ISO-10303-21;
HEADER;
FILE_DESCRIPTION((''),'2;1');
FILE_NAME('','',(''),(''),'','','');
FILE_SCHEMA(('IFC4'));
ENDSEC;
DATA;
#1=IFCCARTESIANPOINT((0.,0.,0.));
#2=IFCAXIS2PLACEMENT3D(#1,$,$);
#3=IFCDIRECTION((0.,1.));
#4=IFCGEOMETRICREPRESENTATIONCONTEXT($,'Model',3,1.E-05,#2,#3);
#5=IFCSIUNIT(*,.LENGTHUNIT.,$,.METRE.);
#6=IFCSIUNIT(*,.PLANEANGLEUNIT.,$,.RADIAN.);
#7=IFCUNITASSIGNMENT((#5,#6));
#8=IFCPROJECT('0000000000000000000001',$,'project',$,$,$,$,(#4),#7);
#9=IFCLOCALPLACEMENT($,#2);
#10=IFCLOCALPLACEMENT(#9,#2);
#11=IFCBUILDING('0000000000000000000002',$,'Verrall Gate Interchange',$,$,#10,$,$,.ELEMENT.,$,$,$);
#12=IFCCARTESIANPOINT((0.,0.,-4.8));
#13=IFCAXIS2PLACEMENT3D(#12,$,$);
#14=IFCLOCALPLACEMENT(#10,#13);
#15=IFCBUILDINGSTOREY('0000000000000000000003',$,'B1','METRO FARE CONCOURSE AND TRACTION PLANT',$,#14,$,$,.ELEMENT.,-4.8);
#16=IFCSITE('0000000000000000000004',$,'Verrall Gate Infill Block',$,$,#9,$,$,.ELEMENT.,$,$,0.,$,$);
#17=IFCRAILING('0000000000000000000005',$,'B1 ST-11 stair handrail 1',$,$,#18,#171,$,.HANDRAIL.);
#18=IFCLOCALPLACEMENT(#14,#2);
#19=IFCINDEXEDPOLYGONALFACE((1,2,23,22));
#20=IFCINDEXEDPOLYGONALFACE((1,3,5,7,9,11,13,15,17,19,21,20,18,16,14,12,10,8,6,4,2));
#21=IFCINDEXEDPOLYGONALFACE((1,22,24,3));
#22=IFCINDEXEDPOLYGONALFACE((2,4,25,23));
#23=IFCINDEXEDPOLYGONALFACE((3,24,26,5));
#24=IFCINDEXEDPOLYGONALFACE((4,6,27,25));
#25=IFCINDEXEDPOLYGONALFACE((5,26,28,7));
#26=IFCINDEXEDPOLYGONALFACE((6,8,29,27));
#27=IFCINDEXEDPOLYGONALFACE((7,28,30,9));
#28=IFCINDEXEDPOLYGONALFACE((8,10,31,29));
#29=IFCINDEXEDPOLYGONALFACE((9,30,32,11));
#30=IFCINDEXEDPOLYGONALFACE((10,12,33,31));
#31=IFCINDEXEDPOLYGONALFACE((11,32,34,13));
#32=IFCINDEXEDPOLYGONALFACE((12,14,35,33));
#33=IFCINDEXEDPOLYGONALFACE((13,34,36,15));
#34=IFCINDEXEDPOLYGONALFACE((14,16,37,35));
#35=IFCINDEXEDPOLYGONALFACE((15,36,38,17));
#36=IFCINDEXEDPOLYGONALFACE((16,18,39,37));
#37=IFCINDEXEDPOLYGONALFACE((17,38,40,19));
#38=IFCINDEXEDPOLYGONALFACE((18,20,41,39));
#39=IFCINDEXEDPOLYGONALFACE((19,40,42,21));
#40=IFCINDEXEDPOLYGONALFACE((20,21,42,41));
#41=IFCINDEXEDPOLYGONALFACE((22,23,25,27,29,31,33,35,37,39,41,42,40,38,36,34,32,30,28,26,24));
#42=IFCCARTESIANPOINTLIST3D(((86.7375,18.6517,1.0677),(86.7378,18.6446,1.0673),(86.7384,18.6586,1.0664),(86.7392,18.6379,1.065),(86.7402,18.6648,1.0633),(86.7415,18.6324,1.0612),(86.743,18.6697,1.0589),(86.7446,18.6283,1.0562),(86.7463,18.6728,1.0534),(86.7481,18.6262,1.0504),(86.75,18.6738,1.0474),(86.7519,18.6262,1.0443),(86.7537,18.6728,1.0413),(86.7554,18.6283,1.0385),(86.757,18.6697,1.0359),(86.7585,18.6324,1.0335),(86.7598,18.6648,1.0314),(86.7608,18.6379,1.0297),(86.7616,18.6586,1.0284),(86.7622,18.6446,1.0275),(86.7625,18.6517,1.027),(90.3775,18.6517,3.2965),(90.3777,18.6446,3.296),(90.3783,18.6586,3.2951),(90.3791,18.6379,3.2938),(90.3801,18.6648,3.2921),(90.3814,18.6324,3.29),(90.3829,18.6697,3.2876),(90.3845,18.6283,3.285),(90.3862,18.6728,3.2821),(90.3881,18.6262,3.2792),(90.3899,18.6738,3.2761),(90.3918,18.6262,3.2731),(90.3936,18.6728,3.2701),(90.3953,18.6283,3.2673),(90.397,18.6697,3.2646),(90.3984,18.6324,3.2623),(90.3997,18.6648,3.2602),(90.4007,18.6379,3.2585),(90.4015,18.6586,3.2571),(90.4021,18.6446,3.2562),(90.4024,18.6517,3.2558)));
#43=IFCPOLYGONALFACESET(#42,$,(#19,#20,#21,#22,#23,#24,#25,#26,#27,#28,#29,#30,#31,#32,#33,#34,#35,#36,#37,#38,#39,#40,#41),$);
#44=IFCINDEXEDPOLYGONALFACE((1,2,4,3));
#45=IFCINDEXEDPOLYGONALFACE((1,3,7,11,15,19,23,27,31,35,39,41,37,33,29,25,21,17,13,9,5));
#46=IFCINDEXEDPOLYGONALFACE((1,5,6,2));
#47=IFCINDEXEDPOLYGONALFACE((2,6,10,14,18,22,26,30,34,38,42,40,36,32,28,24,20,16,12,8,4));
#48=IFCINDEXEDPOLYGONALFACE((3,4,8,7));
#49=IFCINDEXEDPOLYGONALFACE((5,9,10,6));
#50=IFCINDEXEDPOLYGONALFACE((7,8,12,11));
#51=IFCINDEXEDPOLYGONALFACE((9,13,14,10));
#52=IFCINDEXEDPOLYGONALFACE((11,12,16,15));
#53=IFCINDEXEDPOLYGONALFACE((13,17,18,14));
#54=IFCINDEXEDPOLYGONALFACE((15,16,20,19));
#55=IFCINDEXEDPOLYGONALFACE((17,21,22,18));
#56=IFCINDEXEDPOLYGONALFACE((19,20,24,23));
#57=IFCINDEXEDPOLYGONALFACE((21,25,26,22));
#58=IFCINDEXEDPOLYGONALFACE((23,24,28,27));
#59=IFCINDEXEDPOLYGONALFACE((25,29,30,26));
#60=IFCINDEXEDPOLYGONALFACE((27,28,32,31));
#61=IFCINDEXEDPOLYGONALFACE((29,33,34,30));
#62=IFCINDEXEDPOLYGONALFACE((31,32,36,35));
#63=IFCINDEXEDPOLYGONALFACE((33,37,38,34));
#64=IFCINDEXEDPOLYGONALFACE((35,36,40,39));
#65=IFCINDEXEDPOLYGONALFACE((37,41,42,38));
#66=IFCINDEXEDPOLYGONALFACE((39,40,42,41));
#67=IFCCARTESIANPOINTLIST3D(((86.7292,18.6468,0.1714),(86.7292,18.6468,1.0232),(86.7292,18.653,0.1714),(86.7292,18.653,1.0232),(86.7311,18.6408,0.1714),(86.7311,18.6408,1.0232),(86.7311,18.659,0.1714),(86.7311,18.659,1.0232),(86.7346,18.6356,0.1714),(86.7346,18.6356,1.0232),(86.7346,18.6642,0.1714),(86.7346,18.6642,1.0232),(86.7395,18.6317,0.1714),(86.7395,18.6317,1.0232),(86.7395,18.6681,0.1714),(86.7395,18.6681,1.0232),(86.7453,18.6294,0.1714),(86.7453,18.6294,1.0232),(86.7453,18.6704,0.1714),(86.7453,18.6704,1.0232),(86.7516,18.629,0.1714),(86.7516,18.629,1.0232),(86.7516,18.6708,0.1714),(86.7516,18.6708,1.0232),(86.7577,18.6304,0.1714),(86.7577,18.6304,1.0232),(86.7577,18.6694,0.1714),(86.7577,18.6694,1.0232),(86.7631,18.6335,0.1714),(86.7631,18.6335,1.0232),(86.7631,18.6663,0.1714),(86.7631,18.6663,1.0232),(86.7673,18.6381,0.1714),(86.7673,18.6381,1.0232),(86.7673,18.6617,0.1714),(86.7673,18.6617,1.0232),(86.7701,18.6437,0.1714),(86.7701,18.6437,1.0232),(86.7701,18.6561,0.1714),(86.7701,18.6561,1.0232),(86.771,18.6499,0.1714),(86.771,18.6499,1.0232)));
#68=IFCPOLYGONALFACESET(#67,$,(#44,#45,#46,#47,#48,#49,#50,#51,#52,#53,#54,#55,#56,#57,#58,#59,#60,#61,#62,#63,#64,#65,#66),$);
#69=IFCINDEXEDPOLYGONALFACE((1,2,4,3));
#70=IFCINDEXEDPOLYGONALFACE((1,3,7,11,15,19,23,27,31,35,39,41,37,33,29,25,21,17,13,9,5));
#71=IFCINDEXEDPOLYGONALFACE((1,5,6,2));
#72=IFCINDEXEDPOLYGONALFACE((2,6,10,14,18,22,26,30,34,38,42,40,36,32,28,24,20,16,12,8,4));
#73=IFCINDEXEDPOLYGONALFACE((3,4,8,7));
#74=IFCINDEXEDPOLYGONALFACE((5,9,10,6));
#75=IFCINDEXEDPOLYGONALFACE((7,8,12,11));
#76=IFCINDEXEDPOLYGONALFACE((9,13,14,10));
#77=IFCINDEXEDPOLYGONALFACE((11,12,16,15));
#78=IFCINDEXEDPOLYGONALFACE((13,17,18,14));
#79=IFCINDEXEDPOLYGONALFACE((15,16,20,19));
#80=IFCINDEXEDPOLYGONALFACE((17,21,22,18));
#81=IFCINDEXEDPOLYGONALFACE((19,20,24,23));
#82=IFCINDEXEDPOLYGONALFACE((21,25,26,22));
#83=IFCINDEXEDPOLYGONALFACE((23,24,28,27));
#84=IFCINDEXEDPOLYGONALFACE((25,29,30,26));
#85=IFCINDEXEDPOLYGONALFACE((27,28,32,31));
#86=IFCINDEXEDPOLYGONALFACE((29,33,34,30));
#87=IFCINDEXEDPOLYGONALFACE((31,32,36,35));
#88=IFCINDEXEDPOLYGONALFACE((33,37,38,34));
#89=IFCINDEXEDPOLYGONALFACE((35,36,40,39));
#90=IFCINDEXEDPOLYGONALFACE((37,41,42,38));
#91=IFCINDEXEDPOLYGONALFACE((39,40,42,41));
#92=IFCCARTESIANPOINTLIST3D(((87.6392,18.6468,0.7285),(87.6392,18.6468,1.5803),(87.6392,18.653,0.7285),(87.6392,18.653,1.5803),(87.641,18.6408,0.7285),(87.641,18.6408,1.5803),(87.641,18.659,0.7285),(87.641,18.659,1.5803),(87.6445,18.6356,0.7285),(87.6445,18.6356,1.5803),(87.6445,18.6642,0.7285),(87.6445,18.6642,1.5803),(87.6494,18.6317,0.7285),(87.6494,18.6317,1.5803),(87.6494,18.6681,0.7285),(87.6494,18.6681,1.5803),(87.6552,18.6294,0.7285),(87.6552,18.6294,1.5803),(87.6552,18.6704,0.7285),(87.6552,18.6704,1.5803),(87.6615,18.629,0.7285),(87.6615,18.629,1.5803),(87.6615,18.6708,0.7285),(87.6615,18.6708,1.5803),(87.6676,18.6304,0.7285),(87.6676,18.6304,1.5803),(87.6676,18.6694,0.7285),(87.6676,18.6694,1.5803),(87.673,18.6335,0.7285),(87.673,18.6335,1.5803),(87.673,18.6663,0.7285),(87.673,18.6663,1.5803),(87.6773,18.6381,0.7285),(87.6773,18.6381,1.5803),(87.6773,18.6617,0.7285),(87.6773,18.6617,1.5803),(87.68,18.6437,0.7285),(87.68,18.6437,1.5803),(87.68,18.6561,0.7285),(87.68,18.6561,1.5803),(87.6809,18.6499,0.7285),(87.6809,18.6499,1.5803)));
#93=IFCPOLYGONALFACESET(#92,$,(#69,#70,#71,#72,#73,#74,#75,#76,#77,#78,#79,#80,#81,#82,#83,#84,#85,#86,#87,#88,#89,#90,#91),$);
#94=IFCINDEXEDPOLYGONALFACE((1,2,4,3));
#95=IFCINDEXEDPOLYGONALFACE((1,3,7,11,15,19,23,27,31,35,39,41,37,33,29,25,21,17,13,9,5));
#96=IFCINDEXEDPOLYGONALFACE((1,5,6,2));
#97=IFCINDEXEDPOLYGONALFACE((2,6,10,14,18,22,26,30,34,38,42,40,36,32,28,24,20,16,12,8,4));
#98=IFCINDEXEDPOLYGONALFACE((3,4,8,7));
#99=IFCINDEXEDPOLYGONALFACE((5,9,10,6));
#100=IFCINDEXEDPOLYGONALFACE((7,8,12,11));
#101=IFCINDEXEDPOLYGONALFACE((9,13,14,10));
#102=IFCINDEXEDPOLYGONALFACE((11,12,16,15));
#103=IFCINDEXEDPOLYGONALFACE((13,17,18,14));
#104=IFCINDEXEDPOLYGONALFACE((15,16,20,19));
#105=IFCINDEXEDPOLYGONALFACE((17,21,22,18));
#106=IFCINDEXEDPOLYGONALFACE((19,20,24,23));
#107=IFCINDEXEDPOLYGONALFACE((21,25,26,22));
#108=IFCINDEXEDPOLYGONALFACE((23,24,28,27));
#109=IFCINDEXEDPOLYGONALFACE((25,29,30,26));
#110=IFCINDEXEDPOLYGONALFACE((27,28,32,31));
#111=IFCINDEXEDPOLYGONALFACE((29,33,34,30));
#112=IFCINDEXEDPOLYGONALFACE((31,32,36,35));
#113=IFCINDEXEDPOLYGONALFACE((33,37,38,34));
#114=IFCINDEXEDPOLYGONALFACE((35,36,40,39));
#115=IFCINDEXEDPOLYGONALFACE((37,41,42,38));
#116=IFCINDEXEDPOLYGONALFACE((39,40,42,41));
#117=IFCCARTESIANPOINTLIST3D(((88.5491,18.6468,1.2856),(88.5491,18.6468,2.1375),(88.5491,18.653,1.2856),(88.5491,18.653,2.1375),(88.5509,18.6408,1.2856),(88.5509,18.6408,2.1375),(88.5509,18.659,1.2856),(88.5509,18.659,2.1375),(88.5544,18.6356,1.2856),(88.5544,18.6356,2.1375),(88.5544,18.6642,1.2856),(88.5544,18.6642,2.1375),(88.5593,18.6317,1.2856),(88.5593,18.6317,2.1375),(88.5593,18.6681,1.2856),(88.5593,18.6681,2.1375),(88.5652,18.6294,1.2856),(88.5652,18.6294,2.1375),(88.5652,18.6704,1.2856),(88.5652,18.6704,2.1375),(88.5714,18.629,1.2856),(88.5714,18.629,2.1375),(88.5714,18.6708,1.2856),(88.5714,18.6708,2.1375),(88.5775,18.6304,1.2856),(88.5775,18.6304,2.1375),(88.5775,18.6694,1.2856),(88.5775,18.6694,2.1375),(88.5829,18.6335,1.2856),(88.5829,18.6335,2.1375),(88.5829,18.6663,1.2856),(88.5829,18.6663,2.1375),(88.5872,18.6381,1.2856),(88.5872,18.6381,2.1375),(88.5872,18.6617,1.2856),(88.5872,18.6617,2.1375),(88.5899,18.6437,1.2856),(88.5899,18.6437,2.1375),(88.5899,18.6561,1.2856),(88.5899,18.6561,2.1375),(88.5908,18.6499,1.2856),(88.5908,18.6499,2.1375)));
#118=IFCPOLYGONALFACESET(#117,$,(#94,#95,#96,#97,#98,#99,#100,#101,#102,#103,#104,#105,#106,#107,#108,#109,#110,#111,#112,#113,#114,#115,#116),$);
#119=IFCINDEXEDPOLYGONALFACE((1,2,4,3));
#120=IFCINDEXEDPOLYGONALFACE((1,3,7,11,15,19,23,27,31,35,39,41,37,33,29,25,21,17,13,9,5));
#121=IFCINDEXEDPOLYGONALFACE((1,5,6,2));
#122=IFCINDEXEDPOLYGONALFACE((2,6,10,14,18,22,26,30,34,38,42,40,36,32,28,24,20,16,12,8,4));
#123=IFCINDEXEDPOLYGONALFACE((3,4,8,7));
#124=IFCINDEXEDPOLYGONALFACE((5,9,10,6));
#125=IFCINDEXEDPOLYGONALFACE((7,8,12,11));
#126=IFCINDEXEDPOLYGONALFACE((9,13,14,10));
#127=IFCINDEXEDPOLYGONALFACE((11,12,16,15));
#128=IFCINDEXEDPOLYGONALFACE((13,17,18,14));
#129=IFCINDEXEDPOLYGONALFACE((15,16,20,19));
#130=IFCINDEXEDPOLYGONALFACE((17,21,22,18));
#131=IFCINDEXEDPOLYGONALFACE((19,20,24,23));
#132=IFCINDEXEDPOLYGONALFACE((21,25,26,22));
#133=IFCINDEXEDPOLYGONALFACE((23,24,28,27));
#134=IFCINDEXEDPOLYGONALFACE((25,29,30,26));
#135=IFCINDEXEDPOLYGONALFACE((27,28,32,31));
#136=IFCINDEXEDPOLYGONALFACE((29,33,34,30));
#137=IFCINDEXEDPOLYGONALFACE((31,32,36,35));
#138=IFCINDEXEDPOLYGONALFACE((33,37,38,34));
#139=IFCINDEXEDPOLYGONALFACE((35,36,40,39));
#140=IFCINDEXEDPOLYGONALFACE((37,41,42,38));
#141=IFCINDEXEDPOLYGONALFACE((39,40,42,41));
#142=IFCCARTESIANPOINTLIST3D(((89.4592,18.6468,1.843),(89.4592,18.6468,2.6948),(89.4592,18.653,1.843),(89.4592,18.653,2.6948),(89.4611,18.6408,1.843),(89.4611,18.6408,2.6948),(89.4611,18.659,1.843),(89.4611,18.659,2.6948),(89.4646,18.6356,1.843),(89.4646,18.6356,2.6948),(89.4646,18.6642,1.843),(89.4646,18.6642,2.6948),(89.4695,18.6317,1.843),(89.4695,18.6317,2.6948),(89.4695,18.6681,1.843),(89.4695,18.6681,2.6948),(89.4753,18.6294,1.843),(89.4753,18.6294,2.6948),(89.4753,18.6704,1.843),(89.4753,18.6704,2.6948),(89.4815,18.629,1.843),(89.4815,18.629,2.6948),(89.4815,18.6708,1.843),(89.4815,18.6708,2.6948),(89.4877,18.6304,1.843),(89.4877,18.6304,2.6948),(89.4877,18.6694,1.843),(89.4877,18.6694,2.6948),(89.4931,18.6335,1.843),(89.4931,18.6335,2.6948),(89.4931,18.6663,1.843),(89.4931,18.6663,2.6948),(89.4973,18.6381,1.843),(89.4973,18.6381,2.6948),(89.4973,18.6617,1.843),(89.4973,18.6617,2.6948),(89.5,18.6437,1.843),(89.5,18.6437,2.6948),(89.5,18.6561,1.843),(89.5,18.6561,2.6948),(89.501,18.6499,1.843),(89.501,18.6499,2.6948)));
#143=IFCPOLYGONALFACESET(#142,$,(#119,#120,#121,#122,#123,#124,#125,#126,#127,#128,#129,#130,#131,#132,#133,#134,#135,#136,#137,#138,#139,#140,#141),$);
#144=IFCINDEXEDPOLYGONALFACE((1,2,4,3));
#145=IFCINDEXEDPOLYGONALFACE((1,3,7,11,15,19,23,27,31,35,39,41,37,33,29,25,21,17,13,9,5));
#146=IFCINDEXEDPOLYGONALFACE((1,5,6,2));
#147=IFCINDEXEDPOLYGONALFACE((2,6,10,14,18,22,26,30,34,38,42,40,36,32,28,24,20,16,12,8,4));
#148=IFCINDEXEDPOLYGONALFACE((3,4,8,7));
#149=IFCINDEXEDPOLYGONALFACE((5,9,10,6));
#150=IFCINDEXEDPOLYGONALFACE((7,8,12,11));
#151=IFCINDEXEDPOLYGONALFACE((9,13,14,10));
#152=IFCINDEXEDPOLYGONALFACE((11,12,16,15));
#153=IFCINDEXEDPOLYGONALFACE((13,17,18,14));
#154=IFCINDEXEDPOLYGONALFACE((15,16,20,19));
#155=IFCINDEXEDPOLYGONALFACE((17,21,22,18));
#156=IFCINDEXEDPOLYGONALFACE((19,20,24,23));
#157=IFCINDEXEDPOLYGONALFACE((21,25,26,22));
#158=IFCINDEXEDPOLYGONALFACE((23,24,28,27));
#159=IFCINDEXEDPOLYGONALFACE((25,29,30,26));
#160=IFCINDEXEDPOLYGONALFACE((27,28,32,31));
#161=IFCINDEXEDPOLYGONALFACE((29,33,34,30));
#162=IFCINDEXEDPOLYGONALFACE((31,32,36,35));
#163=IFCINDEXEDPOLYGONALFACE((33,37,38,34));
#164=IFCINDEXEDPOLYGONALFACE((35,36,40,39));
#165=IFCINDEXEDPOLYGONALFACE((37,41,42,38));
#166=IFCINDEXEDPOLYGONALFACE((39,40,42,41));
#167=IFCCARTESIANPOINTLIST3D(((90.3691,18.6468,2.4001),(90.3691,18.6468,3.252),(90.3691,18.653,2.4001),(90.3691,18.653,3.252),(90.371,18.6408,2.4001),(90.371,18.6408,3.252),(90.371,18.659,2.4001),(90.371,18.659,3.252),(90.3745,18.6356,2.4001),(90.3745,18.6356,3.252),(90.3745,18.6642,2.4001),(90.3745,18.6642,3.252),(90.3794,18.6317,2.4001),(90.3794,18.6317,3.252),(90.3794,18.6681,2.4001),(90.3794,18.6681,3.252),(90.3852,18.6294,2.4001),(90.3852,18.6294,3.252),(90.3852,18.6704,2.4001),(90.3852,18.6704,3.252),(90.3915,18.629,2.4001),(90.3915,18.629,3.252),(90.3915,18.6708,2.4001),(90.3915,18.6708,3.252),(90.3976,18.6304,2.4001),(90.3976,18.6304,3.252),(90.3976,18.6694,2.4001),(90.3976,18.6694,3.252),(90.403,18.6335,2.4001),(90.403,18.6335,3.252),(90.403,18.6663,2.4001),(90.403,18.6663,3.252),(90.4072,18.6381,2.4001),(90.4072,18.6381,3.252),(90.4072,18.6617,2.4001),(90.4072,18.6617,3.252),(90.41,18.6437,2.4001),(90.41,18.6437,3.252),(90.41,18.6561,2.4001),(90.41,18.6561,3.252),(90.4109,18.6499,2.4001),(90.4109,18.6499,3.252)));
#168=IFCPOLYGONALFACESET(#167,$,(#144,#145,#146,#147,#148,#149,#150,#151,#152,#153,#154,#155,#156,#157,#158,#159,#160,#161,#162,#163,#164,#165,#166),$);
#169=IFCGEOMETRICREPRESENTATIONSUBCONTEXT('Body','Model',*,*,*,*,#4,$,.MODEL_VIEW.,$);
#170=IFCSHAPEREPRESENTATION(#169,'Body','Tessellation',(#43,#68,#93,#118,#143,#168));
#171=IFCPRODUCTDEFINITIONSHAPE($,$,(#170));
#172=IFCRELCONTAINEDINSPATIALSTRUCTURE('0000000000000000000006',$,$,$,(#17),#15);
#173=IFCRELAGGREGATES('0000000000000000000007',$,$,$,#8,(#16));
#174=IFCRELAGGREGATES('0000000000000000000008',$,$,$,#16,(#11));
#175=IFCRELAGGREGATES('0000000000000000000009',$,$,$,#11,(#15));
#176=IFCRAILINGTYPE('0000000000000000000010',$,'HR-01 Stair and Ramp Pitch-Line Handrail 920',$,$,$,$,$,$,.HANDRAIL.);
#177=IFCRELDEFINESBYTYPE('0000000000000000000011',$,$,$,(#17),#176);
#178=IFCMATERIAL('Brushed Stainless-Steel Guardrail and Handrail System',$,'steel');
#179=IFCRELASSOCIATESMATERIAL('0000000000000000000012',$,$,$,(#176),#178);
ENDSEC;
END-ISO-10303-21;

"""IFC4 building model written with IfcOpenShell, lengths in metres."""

from ifc_helpers import new_model, si_unit, direction, frame, origin, origin_2d, place, context, subcontext, project, spatial, circle, extrude, material, type_object, element, save


model = new_model("IFC4")

# Units and contexts
model_context = context("Model", 3, precision=1e-05, world=origin(), true_north=direction((0.0, 1.0)))
body_context = subcontext(model_context, "Body", "Model", "MODEL_VIEW")
ifc_project = project(units=[si_unit("LENGTHUNIT", "METRE"), si_unit("PLANEANGLEUNIT", "RADIAN")], contexts=[model_context])

# Site, building, storey
site_placement = place(None, origin())
site = spatial("IfcSite", under=ifc_project, at=site_placement, Name="Verrall Gate Infill Block", CompositionType="ELEMENT", RefElevation=0.0)
building_placement = place(site_placement, origin())
building = spatial("IfcBuilding", under=site, at=building_placement, Name="Verrall Gate Interchange", CompositionType="ELEMENT")
storey_placement = place(building_placement, frame((0.0, 0.0, -4.8)))
storey = spatial("IfcBuildingStorey", under=building, at=storey_placement, Name="B1", Description="METRO FARE CONCOURSE AND TRACTION PLANT", CompositionType="ELEMENT", Elevation=-4.8)

# Railing
ifc_material_1 = material(Name="Brushed Stainless-Steel Guardrail and Handrail System", Category="steel")
railing_type_1 = type_object("IfcRailingType", Name="HR-01 Stair and Ramp Pitch-Line Handrail 920", PredefinedType="HANDRAIL", material=ifc_material_1)
railing_1_placement = place(storey_placement, frame((86.75, 18.6499, 0.1714)))
element("IfcRailing", 1, at=railing_1_placement, inside=storey, type_object=railing_type_1, Name="B1 ST-11 stair handrail 1", PredefinedType="HANDRAIL", context=body_context, shape_type="SweptSolid", body=[
    extrude(circle(Radius=0.0239, at=origin_2d()), frame((0.0, 0.0, 0.876), z_axis=(0.852825, 0.0, 0.522197), x_axis=(0.0, 1.0, 0.0)), (0.0, 0.0, 1.0), 4.2681),
    extrude(circle(Radius=0.021, at=origin_2d()), origin(), (0.0, 0.0, 1.0), 0.8518),
    extrude(circle(Radius=0.021, at=origin_2d()), frame((0.9099, 0.0, 0.5571)), (0.0, 0.0, 1.0), 0.8518),
    extrude(circle(Radius=0.021, at=origin_2d()), frame((1.8198, 0.0, 1.1143)), (0.0, 0.0, 1.0), 0.8518),
    extrude(circle(Radius=0.021, at=origin_2d()), frame((2.73, 0.0, 1.6716)), (0.0, 0.0, 1.0), 0.8518),
    extrude(circle(Radius=0.021, at=origin_2d()), frame((3.6399, 0.0, 2.2288)), (0.0, 0.0, 1.0), 0.8518),
])

save(model, "model.ifc")
